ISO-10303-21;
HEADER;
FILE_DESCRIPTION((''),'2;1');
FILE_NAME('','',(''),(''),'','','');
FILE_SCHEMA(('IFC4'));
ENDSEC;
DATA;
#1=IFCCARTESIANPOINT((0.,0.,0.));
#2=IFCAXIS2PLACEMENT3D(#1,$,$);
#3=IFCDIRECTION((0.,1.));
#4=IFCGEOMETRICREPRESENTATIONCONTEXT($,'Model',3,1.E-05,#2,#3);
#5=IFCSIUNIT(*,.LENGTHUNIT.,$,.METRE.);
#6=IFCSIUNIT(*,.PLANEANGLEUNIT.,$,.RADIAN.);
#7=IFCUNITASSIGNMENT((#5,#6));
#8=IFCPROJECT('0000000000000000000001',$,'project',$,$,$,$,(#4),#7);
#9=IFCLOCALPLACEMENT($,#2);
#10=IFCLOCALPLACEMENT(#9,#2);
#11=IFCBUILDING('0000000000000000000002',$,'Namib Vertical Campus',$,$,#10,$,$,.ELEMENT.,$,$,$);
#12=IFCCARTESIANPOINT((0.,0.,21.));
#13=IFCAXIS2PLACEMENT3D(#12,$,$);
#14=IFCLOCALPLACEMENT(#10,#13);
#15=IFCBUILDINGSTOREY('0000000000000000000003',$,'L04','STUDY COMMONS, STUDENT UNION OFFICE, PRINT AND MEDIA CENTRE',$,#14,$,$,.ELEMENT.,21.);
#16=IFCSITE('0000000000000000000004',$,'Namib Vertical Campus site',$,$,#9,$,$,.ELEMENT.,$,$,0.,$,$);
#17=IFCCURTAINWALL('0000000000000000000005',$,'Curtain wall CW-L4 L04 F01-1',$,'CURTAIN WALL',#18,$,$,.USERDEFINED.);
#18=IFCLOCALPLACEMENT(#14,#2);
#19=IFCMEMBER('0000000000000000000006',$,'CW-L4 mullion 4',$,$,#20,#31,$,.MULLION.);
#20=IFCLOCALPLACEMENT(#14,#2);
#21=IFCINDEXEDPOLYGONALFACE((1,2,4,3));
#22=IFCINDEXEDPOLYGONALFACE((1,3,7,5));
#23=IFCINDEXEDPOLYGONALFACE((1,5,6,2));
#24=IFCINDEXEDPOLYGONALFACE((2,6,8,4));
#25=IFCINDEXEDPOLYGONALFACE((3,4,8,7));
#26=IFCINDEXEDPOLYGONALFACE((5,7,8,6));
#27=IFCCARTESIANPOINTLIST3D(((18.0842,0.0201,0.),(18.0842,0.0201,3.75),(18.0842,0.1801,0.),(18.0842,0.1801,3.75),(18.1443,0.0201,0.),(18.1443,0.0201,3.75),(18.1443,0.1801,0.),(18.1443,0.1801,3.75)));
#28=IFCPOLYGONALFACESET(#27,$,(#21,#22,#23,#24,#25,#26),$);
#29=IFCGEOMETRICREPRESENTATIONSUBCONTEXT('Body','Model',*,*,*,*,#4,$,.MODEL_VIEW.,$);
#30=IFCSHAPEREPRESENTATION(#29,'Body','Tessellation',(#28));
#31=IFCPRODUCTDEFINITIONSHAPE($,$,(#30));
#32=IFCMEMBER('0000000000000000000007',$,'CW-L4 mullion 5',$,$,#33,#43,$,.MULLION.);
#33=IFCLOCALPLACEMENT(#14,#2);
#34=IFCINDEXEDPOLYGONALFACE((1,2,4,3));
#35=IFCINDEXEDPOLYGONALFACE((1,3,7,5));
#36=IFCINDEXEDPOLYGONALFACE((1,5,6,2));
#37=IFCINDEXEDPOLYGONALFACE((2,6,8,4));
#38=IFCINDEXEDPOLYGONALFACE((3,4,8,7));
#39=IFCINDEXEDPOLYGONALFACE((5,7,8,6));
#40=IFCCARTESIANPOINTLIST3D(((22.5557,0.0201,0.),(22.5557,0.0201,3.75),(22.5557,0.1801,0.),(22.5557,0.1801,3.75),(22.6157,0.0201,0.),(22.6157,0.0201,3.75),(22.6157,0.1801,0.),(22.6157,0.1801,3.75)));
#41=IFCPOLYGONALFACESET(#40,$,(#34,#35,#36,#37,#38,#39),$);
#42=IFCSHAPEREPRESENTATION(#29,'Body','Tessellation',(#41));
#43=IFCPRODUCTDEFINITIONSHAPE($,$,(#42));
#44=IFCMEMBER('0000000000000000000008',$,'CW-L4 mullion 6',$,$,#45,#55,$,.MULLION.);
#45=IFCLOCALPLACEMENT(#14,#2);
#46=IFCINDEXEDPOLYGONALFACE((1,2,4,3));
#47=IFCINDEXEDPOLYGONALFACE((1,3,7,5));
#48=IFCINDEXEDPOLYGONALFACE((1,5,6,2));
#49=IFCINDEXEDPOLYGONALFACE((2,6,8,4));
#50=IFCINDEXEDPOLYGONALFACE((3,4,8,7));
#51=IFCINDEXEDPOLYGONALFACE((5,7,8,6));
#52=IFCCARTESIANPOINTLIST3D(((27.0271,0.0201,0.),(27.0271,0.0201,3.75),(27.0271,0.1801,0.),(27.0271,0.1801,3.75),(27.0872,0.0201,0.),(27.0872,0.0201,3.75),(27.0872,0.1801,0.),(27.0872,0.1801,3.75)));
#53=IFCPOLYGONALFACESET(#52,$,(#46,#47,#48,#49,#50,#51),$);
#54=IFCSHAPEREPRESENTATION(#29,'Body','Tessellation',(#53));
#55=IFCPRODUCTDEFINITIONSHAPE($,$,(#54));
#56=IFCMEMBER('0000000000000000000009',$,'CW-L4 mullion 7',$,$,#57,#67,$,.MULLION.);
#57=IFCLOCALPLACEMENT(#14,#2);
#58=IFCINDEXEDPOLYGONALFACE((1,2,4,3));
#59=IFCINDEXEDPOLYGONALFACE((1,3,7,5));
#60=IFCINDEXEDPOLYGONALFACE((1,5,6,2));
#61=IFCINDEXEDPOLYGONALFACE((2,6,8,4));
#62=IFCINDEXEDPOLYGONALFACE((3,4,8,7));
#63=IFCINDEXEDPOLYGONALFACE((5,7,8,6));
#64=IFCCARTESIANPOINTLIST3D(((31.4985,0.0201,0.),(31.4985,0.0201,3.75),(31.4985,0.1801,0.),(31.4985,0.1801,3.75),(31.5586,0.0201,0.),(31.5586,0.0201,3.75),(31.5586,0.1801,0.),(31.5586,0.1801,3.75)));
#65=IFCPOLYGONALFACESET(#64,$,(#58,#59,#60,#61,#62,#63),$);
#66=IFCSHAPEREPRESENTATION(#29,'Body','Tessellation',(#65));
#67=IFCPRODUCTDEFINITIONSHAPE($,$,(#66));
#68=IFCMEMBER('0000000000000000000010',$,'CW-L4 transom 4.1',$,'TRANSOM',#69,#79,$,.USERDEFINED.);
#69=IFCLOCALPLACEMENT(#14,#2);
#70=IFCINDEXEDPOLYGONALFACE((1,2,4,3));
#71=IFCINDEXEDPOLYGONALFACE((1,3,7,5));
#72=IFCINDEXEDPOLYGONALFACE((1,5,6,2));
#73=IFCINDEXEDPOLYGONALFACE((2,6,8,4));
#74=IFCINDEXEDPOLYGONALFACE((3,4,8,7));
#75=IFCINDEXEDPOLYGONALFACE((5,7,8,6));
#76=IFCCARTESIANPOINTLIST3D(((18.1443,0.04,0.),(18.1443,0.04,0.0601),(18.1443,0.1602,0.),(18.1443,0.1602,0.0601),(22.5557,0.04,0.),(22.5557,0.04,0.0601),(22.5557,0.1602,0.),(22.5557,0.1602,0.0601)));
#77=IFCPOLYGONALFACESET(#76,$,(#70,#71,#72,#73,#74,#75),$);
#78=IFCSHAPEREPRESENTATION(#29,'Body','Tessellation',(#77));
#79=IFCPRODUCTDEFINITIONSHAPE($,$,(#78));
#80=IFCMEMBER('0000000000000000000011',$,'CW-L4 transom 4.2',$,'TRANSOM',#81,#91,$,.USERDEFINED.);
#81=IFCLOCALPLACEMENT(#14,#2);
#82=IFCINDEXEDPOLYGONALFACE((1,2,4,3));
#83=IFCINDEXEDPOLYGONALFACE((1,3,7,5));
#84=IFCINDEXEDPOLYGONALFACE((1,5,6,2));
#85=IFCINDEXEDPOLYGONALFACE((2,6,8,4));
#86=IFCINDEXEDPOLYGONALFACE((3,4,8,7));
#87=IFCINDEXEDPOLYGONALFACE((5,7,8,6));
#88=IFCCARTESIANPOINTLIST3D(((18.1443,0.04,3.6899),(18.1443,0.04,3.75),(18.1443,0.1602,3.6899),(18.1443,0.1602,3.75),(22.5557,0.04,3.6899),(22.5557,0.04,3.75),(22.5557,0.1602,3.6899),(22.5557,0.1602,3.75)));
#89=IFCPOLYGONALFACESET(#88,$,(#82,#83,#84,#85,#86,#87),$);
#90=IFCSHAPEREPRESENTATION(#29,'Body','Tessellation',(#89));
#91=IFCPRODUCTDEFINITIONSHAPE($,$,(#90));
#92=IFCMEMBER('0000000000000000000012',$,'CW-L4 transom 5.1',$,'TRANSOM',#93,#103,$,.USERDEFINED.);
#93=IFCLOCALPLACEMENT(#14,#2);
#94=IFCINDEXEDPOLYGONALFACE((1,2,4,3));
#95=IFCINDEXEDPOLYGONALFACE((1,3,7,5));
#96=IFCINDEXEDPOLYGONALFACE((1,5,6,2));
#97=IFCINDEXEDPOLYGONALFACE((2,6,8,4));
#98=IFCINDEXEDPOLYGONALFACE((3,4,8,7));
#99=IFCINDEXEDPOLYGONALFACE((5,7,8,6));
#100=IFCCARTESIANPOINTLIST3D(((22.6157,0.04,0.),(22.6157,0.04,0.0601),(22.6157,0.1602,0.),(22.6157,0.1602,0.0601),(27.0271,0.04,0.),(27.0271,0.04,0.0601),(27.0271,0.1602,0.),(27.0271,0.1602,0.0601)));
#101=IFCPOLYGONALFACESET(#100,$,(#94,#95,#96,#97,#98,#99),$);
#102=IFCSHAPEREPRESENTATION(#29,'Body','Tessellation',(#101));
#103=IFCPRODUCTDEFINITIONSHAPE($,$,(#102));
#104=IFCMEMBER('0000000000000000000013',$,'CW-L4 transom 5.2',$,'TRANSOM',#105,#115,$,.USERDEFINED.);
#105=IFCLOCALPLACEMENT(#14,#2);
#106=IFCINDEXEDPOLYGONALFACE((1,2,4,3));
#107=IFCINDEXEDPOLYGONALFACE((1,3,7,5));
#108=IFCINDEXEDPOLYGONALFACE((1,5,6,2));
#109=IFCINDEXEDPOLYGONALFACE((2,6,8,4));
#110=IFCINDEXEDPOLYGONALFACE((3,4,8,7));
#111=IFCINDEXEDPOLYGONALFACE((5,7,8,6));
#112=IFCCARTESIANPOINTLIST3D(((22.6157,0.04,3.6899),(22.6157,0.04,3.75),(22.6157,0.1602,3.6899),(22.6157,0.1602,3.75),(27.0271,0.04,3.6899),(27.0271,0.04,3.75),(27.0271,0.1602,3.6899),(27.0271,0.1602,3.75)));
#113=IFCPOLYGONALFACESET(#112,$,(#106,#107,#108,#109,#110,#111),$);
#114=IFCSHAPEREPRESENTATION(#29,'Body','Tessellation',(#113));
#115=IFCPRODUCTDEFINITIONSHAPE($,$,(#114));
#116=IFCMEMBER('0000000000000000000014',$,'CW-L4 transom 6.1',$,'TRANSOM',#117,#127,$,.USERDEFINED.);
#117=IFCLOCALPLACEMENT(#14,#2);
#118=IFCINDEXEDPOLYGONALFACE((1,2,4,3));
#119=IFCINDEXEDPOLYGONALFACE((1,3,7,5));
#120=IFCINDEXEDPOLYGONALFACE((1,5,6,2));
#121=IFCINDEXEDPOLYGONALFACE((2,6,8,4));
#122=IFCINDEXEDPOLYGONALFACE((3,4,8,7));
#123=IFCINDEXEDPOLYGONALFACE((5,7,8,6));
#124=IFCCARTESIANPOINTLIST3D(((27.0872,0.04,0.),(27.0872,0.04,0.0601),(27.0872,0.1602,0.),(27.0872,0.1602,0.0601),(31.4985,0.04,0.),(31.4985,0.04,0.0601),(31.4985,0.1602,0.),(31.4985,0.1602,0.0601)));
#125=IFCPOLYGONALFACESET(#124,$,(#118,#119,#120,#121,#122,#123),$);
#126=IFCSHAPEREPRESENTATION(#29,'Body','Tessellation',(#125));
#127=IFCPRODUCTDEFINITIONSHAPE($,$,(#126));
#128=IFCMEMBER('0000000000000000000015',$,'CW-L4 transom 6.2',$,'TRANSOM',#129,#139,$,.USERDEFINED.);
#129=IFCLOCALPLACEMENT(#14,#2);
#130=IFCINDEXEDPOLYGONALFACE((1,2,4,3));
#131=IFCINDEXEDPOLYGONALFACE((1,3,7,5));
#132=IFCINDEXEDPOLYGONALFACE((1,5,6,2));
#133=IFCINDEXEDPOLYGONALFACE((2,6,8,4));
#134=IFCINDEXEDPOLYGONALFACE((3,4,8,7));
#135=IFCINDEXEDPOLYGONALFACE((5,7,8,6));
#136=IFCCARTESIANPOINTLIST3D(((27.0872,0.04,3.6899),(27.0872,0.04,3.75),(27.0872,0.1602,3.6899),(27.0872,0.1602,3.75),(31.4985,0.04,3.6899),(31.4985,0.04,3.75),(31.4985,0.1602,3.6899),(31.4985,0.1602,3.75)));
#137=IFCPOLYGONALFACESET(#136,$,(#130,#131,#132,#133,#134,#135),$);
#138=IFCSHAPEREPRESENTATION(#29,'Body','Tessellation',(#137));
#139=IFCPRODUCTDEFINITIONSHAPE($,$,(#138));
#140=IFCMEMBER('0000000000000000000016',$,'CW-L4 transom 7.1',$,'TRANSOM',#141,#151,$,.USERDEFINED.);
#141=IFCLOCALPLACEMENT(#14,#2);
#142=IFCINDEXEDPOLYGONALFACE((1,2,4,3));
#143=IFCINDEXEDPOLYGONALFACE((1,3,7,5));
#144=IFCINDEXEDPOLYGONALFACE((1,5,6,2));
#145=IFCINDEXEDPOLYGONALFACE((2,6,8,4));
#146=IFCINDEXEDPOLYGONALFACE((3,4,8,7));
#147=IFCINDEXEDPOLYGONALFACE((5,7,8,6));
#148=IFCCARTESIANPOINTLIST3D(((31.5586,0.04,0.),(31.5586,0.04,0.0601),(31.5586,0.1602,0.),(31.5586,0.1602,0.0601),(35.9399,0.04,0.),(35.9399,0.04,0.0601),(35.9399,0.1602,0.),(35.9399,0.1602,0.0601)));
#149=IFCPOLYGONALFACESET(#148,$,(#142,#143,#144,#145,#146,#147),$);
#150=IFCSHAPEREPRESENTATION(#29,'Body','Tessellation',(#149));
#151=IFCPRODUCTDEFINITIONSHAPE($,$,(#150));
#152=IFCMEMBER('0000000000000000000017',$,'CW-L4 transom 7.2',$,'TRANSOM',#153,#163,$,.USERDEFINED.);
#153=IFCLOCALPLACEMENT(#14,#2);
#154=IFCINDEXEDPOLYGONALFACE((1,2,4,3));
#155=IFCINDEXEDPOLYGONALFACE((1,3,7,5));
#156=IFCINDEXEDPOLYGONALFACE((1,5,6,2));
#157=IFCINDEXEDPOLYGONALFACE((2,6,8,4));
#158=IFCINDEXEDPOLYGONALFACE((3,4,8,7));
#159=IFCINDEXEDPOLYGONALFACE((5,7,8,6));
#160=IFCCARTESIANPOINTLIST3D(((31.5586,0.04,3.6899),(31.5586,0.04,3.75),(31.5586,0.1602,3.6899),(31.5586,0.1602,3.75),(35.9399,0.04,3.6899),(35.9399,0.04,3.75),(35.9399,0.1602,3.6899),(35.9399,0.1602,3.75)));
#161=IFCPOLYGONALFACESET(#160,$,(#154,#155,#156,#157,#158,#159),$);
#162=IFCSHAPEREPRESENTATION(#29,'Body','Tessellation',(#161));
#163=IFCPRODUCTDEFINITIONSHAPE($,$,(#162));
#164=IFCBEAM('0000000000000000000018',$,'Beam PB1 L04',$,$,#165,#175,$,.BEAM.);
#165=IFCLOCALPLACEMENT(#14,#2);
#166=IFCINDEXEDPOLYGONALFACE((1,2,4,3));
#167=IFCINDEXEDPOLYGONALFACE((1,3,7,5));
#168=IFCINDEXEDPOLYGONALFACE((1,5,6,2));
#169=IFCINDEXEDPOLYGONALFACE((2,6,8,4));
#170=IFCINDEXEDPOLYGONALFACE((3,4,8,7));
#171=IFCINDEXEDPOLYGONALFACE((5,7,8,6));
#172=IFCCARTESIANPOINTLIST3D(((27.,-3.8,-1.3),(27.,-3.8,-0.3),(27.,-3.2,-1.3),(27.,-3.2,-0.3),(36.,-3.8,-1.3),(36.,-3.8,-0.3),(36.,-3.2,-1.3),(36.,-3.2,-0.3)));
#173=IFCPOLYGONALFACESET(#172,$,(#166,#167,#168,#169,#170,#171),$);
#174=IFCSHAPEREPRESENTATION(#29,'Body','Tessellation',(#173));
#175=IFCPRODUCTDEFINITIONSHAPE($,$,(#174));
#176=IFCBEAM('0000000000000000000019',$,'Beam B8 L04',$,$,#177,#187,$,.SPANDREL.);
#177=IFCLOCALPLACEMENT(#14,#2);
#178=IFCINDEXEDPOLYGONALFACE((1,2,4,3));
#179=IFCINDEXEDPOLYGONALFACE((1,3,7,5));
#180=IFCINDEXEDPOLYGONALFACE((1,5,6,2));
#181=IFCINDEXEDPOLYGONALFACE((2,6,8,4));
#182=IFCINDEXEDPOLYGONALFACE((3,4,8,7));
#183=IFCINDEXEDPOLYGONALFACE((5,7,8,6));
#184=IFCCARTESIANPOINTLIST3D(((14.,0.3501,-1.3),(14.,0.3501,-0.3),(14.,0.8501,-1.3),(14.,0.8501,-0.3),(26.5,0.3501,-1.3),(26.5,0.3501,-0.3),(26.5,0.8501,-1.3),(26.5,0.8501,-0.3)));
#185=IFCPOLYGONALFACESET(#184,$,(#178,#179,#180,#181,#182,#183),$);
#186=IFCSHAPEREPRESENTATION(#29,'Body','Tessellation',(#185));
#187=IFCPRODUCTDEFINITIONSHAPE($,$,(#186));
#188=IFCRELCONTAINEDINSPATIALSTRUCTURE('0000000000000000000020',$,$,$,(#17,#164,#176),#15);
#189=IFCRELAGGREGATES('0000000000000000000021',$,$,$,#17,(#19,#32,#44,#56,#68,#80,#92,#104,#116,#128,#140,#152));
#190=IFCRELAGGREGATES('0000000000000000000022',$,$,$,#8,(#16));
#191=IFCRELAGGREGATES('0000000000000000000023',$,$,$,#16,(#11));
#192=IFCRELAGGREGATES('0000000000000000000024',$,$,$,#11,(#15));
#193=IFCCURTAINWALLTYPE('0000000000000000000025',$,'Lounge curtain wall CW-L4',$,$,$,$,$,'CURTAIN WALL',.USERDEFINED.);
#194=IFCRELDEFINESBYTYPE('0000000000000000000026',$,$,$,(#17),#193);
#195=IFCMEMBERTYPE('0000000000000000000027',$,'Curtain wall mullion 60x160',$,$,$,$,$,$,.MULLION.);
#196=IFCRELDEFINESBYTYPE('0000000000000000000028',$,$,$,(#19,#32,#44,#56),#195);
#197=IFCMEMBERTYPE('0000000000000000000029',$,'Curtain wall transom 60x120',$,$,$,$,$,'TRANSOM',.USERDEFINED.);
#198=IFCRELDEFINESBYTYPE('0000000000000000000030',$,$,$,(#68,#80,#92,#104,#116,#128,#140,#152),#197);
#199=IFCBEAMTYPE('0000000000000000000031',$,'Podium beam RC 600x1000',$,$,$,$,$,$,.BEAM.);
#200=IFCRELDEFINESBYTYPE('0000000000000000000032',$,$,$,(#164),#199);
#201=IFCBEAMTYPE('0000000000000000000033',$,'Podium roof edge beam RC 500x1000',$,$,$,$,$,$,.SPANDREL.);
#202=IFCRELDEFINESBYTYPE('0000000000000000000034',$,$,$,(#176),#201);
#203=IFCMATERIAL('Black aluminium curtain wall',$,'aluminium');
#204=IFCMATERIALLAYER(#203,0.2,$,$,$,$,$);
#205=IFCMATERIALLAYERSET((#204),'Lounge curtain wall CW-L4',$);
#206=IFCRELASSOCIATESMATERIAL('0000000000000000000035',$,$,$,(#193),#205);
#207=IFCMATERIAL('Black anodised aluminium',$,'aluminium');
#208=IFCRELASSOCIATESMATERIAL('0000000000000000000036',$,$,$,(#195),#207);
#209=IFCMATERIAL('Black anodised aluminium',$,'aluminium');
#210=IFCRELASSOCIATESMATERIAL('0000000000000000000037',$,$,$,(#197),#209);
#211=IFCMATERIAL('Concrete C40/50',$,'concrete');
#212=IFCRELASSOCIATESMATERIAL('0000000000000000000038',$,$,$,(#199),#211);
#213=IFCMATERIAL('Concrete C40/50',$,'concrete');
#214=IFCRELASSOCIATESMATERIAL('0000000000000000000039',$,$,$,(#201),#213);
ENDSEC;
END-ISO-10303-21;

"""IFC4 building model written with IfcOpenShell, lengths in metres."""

from ifc_helpers import new_model, si_unit, direction, frame, origin, origin_2d, place, context, subcontext, project, spatial, rectangle, extrude, material, layer, layer_set, material_profile, profile_set, type_object, element, aggregate, save


model = new_model("IFC4")

# Units and contexts
model_context = context("Model", 3, precision=1e-05, world=origin(), true_north=direction((0.0, 1.0)))
body_context = subcontext(model_context, "Body", "Model", "MODEL_VIEW")
ifc_project = project(units=[si_unit("LENGTHUNIT", "METRE"), si_unit("PLANEANGLEUNIT", "RADIAN")], contexts=[model_context])

# Site, building, storey
site_placement = place(None, origin())
site = spatial("IfcSite", under=ifc_project, at=site_placement, Name="Namib Vertical Campus site", CompositionType="ELEMENT", RefElevation=0.0)
building_placement = place(site_placement, origin())
building = spatial("IfcBuilding", under=site, at=building_placement, Name="Namib Vertical Campus", CompositionType="ELEMENT")
storey_placement = place(building_placement, frame((0.0, 0.0, 21.0)))
storey = spatial("IfcBuildingStorey", under=building, at=storey_placement, Name="L04", Description="STUDY COMMONS, STUDENT UNION OFFICE, PRINT AND MEDIA CENTRE", CompositionType="ELEMENT", Elevation=21.0)

# Curtain wall, members
ifc_material_1 = material(Name="Black aluminium curtain wall", Category="aluminium")
ifc_layer_1 = layer(ifc_material_1, 0.2)
ifc_layer_set_1 = layer_set([ifc_layer_1], Name="Lounge curtain wall CW-L4")
curtain_wall_type = type_object("IfcCurtainWallType", Name="Lounge curtain wall CW-L4", ElementType="CURTAIN WALL", PredefinedType="USERDEFINED", material=ifc_layer_set_1)
curtain_wall_placement = place(storey_placement, origin())
curtain_wall = element("IfcCurtainWall", 1, at=curtain_wall_placement, inside=storey, type_object=curtain_wall_type, Name="Curtain wall CW-L4 L04 F01-1", ObjectType="CURTAIN WALL", PredefinedType="USERDEFINED")
ifc_material_2 = material(Name="Black anodised aluminium", Category="aluminium")
ifc_material_profile_1 = material_profile(ifc_material_2, rectangle(XDim=0.0601, YDim=0.1599, at=origin_2d()))
ifc_profile_set_1 = profile_set([ifc_material_profile_1], Name="Black anodised aluminium")
member_type_1 = type_object("IfcMemberType", Name="Curtain wall mullion 60x160", PredefinedType="MULLION", material=ifc_profile_set_1)
member_1_placement = place(storey_placement, frame((18.1143, 0.1001, 0.0), z_axis=(0.0, 0.0, 1.0), x_axis=(1.0, 0.0, 0.0)))
member_1 = element("IfcMember", 2, at=member_1_placement, type_object=member_type_1, Name="CW-L4 mullion 4", PredefinedType="MULLION", context=body_context, shape_type="SweptSolid", body=[
    extrude(rectangle(XDim=0.0601, YDim=0.1599, at=origin_2d()), origin(), (0.0, 0.0, 1.0), 3.75),
])
member_2_placement = place(storey_placement, frame((22.5857, 0.1001, 0.0), z_axis=(0.0, 0.0, 1.0), x_axis=(1.0, 0.0, 0.0)))
member_2 = element("IfcMember", 3, at=member_2_placement, type_object=member_type_1, Name="CW-L4 mullion 5", PredefinedType="MULLION", context=body_context, shape_type="SweptSolid", body=[
    extrude(rectangle(XDim=0.0601, YDim=0.1599, at=origin_2d()), origin(), (0.0, 0.0, 1.0), 3.75),
])
member_3_placement = place(storey_placement, frame((27.0571, 0.1001, 0.0), z_axis=(0.0, 0.0, 1.0), x_axis=(1.0, 0.0, 0.0)))
member_3 = element("IfcMember", 4, at=member_3_placement, type_object=member_type_1, Name="CW-L4 mullion 6", PredefinedType="MULLION", context=body_context, shape_type="SweptSolid", body=[
    extrude(rectangle(XDim=0.0601, YDim=0.1599, at=origin_2d()), origin(), (0.0, 0.0, 1.0), 3.75),
])
member_4_placement = place(storey_placement, frame((31.5286, 0.1001, 0.0), z_axis=(0.0, 0.0, 1.0), x_axis=(1.0, 0.0, 0.0)))
member_4 = element("IfcMember", 5, at=member_4_placement, type_object=member_type_1, Name="CW-L4 mullion 7", PredefinedType="MULLION", context=body_context, shape_type="SweptSolid", body=[
    extrude(rectangle(XDim=0.0601, YDim=0.1599, at=origin_2d()), origin(), (0.0, 0.0, 1.0), 3.75),
])
ifc_material_3 = material(Name="Black anodised aluminium", Category="aluminium")
ifc_material_profile_2 = material_profile(ifc_material_3, rectangle(XDim=0.0601, YDim=0.1201, at=origin_2d()))
ifc_profile_set_2 = profile_set([ifc_material_profile_2], Name="Black anodised aluminium")
member_type_2 = type_object("IfcMemberType", Name="Curtain wall transom 60x120", ElementType="TRANSOM", PredefinedType="USERDEFINED", material=ifc_profile_set_2)
member_5_placement = place(storey_placement, frame((18.1443, 0.1001, 0.03), z_axis=(1.0, 0.0, 0.0), x_axis=(0.0, 0.0, 1.0)))
member_5 = element("IfcMember", 6, at=member_5_placement, type_object=member_type_2, Name="CW-L4 transom 4.1", ObjectType="TRANSOM", PredefinedType="USERDEFINED", context=body_context, shape_type="SweptSolid", body=[
    extrude(rectangle(XDim=0.0601, YDim=0.1201, at=origin_2d()), origin(), (0.0, 0.0, 1.0), 4.4114),
])
member_6_placement = place(storey_placement, frame((18.1443, 0.1001, 3.72), z_axis=(1.0, 0.0, 0.0), x_axis=(0.0, 0.0, 1.0)))
member_6 = element("IfcMember", 7, at=member_6_placement, type_object=member_type_2, Name="CW-L4 transom 4.2", ObjectType="TRANSOM", PredefinedType="USERDEFINED", context=body_context, shape_type="SweptSolid", body=[
    extrude(rectangle(XDim=0.0601, YDim=0.1201, at=origin_2d()), origin(), (0.0, 0.0, 1.0), 4.4114),
])
member_7_placement = place(storey_placement, frame((22.6157, 0.1001, 0.03), z_axis=(1.0, 0.0, 0.0), x_axis=(0.0, 0.0, 1.0)))
member_7 = element("IfcMember", 8, at=member_7_placement, type_object=member_type_2, Name="CW-L4 transom 5.1", ObjectType="TRANSOM", PredefinedType="USERDEFINED", context=body_context, shape_type="SweptSolid", body=[
    extrude(rectangle(XDim=0.0601, YDim=0.1201, at=origin_2d()), origin(), (0.0, 0.0, 1.0), 4.4114),
])
member_8_placement = place(storey_placement, frame((22.6157, 0.1001, 3.72), z_axis=(1.0, 0.0, 0.0), x_axis=(0.0, 0.0, 1.0)))
member_8 = element("IfcMember", 9, at=member_8_placement, type_object=member_type_2, Name="CW-L4 transom 5.2", ObjectType="TRANSOM", PredefinedType="USERDEFINED", context=body_context, shape_type="SweptSolid", body=[
    extrude(rectangle(XDim=0.0601, YDim=0.1201, at=origin_2d()), origin(), (0.0, 0.0, 1.0), 4.4114),
])
member_9_placement = place(storey_placement, frame((27.0872, 0.1001, 0.03), z_axis=(1.0, 0.0, 0.0), x_axis=(0.0, 0.0, 1.0)))
member_9 = element("IfcMember", 10, at=member_9_placement, type_object=member_type_2, Name="CW-L4 transom 6.1", ObjectType="TRANSOM", PredefinedType="USERDEFINED", context=body_context, shape_type="SweptSolid", body=[
    extrude(rectangle(XDim=0.0601, YDim=0.1201, at=origin_2d()), origin(), (0.0, 0.0, 1.0), 4.4114),
])
member_10_placement = place(storey_placement, frame((27.0872, 0.1001, 3.72), z_axis=(1.0, 0.0, 0.0), x_axis=(0.0, 0.0, 1.0)))
member_10 = element("IfcMember", 11, at=member_10_placement, type_object=member_type_2, Name="CW-L4 transom 6.2", ObjectType="TRANSOM", PredefinedType="USERDEFINED", context=body_context, shape_type="SweptSolid", body=[
    extrude(rectangle(XDim=0.0601, YDim=0.1201, at=origin_2d()), origin(), (0.0, 0.0, 1.0), 4.4114),
])
member_11_placement = place(storey_placement, frame((31.5586, 0.1001, 0.03), z_axis=(1.0, 0.0, 0.0), x_axis=(0.0, 0.0, 1.0)))
member_11 = element("IfcMember", 12, at=member_11_placement, type_object=member_type_2, Name="CW-L4 transom 7.1", ObjectType="TRANSOM", PredefinedType="USERDEFINED", context=body_context, shape_type="SweptSolid", body=[
    extrude(rectangle(XDim=0.0601, YDim=0.1201, at=origin_2d()), origin(), (0.0, 0.0, 1.0), 4.3813),
])
member_12_placement = place(storey_placement, frame((31.5586, 0.1001, 3.72), z_axis=(1.0, 0.0, 0.0), x_axis=(0.0, 0.0, 1.0)))
member_12 = element("IfcMember", 13, at=member_12_placement, type_object=member_type_2, Name="CW-L4 transom 7.2", ObjectType="TRANSOM", PredefinedType="USERDEFINED", context=body_context, shape_type="SweptSolid", body=[
    extrude(rectangle(XDim=0.0601, YDim=0.1201, at=origin_2d()), origin(), (0.0, 0.0, 1.0), 4.3813),
])

# Beams
ifc_material_4 = material(Name="Concrete C40/50", Category="concrete")
ifc_material_profile_3 = material_profile(ifc_material_4, rectangle(XDim=0.6001, YDim=1.0, at=origin_2d()))
ifc_profile_set_3 = profile_set([ifc_material_profile_3], Name="Concrete C40/50")
beam_type_1 = type_object("IfcBeamType", Name="Podium beam RC 600x1000", PredefinedType="BEAM", material=ifc_profile_set_3)
beam_1_placement = place(storey_placement, frame((27.0, -3.5, -0.8), z_axis=(1.0, 0.0, 0.0), x_axis=(0.0, 1.0, 0.0)))
element("IfcBeam", 14, at=beam_1_placement, inside=storey, type_object=beam_type_1, Name="Beam PB1 L04", PredefinedType="BEAM", context=body_context, shape_type="SweptSolid", body=[
    extrude(rectangle(XDim=0.6001, YDim=1.0, at=origin_2d()), origin(), (0.0, 0.0, 1.0), 9.0),
])
ifc_material_5 = material(Name="Concrete C40/50", Category="concrete")
ifc_material_profile_4 = material_profile(ifc_material_5, rectangle(XDim=0.5, YDim=1.0, at=origin_2d()))
ifc_profile_set_4 = profile_set([ifc_material_profile_4], Name="Concrete C40/50")
beam_type_2 = type_object("IfcBeamType", Name="Podium roof edge beam RC 500x1000", PredefinedType="SPANDREL", material=ifc_profile_set_4)
beam_2_placement = place(storey_placement, frame((14.0, 0.6001, -0.8), z_axis=(1.0, 0.0, 0.0), x_axis=(0.0, 1.0, 0.0)))
element("IfcBeam", 15, at=beam_2_placement, inside=storey, type_object=beam_type_2, Name="Beam B8 L04", PredefinedType="SPANDREL", context=body_context, shape_type="SweptSolid", body=[
    extrude(rectangle(XDim=0.5, YDim=1.0, at=origin_2d()), origin(), (0.0, 0.0, 1.0), 12.5),
])

aggregate(curtain_wall, [member_1, member_2, member_3, member_4, member_5, member_6, member_7, member_8, member_9, member_10, member_11, member_12])

save(model, "model.ifc")
